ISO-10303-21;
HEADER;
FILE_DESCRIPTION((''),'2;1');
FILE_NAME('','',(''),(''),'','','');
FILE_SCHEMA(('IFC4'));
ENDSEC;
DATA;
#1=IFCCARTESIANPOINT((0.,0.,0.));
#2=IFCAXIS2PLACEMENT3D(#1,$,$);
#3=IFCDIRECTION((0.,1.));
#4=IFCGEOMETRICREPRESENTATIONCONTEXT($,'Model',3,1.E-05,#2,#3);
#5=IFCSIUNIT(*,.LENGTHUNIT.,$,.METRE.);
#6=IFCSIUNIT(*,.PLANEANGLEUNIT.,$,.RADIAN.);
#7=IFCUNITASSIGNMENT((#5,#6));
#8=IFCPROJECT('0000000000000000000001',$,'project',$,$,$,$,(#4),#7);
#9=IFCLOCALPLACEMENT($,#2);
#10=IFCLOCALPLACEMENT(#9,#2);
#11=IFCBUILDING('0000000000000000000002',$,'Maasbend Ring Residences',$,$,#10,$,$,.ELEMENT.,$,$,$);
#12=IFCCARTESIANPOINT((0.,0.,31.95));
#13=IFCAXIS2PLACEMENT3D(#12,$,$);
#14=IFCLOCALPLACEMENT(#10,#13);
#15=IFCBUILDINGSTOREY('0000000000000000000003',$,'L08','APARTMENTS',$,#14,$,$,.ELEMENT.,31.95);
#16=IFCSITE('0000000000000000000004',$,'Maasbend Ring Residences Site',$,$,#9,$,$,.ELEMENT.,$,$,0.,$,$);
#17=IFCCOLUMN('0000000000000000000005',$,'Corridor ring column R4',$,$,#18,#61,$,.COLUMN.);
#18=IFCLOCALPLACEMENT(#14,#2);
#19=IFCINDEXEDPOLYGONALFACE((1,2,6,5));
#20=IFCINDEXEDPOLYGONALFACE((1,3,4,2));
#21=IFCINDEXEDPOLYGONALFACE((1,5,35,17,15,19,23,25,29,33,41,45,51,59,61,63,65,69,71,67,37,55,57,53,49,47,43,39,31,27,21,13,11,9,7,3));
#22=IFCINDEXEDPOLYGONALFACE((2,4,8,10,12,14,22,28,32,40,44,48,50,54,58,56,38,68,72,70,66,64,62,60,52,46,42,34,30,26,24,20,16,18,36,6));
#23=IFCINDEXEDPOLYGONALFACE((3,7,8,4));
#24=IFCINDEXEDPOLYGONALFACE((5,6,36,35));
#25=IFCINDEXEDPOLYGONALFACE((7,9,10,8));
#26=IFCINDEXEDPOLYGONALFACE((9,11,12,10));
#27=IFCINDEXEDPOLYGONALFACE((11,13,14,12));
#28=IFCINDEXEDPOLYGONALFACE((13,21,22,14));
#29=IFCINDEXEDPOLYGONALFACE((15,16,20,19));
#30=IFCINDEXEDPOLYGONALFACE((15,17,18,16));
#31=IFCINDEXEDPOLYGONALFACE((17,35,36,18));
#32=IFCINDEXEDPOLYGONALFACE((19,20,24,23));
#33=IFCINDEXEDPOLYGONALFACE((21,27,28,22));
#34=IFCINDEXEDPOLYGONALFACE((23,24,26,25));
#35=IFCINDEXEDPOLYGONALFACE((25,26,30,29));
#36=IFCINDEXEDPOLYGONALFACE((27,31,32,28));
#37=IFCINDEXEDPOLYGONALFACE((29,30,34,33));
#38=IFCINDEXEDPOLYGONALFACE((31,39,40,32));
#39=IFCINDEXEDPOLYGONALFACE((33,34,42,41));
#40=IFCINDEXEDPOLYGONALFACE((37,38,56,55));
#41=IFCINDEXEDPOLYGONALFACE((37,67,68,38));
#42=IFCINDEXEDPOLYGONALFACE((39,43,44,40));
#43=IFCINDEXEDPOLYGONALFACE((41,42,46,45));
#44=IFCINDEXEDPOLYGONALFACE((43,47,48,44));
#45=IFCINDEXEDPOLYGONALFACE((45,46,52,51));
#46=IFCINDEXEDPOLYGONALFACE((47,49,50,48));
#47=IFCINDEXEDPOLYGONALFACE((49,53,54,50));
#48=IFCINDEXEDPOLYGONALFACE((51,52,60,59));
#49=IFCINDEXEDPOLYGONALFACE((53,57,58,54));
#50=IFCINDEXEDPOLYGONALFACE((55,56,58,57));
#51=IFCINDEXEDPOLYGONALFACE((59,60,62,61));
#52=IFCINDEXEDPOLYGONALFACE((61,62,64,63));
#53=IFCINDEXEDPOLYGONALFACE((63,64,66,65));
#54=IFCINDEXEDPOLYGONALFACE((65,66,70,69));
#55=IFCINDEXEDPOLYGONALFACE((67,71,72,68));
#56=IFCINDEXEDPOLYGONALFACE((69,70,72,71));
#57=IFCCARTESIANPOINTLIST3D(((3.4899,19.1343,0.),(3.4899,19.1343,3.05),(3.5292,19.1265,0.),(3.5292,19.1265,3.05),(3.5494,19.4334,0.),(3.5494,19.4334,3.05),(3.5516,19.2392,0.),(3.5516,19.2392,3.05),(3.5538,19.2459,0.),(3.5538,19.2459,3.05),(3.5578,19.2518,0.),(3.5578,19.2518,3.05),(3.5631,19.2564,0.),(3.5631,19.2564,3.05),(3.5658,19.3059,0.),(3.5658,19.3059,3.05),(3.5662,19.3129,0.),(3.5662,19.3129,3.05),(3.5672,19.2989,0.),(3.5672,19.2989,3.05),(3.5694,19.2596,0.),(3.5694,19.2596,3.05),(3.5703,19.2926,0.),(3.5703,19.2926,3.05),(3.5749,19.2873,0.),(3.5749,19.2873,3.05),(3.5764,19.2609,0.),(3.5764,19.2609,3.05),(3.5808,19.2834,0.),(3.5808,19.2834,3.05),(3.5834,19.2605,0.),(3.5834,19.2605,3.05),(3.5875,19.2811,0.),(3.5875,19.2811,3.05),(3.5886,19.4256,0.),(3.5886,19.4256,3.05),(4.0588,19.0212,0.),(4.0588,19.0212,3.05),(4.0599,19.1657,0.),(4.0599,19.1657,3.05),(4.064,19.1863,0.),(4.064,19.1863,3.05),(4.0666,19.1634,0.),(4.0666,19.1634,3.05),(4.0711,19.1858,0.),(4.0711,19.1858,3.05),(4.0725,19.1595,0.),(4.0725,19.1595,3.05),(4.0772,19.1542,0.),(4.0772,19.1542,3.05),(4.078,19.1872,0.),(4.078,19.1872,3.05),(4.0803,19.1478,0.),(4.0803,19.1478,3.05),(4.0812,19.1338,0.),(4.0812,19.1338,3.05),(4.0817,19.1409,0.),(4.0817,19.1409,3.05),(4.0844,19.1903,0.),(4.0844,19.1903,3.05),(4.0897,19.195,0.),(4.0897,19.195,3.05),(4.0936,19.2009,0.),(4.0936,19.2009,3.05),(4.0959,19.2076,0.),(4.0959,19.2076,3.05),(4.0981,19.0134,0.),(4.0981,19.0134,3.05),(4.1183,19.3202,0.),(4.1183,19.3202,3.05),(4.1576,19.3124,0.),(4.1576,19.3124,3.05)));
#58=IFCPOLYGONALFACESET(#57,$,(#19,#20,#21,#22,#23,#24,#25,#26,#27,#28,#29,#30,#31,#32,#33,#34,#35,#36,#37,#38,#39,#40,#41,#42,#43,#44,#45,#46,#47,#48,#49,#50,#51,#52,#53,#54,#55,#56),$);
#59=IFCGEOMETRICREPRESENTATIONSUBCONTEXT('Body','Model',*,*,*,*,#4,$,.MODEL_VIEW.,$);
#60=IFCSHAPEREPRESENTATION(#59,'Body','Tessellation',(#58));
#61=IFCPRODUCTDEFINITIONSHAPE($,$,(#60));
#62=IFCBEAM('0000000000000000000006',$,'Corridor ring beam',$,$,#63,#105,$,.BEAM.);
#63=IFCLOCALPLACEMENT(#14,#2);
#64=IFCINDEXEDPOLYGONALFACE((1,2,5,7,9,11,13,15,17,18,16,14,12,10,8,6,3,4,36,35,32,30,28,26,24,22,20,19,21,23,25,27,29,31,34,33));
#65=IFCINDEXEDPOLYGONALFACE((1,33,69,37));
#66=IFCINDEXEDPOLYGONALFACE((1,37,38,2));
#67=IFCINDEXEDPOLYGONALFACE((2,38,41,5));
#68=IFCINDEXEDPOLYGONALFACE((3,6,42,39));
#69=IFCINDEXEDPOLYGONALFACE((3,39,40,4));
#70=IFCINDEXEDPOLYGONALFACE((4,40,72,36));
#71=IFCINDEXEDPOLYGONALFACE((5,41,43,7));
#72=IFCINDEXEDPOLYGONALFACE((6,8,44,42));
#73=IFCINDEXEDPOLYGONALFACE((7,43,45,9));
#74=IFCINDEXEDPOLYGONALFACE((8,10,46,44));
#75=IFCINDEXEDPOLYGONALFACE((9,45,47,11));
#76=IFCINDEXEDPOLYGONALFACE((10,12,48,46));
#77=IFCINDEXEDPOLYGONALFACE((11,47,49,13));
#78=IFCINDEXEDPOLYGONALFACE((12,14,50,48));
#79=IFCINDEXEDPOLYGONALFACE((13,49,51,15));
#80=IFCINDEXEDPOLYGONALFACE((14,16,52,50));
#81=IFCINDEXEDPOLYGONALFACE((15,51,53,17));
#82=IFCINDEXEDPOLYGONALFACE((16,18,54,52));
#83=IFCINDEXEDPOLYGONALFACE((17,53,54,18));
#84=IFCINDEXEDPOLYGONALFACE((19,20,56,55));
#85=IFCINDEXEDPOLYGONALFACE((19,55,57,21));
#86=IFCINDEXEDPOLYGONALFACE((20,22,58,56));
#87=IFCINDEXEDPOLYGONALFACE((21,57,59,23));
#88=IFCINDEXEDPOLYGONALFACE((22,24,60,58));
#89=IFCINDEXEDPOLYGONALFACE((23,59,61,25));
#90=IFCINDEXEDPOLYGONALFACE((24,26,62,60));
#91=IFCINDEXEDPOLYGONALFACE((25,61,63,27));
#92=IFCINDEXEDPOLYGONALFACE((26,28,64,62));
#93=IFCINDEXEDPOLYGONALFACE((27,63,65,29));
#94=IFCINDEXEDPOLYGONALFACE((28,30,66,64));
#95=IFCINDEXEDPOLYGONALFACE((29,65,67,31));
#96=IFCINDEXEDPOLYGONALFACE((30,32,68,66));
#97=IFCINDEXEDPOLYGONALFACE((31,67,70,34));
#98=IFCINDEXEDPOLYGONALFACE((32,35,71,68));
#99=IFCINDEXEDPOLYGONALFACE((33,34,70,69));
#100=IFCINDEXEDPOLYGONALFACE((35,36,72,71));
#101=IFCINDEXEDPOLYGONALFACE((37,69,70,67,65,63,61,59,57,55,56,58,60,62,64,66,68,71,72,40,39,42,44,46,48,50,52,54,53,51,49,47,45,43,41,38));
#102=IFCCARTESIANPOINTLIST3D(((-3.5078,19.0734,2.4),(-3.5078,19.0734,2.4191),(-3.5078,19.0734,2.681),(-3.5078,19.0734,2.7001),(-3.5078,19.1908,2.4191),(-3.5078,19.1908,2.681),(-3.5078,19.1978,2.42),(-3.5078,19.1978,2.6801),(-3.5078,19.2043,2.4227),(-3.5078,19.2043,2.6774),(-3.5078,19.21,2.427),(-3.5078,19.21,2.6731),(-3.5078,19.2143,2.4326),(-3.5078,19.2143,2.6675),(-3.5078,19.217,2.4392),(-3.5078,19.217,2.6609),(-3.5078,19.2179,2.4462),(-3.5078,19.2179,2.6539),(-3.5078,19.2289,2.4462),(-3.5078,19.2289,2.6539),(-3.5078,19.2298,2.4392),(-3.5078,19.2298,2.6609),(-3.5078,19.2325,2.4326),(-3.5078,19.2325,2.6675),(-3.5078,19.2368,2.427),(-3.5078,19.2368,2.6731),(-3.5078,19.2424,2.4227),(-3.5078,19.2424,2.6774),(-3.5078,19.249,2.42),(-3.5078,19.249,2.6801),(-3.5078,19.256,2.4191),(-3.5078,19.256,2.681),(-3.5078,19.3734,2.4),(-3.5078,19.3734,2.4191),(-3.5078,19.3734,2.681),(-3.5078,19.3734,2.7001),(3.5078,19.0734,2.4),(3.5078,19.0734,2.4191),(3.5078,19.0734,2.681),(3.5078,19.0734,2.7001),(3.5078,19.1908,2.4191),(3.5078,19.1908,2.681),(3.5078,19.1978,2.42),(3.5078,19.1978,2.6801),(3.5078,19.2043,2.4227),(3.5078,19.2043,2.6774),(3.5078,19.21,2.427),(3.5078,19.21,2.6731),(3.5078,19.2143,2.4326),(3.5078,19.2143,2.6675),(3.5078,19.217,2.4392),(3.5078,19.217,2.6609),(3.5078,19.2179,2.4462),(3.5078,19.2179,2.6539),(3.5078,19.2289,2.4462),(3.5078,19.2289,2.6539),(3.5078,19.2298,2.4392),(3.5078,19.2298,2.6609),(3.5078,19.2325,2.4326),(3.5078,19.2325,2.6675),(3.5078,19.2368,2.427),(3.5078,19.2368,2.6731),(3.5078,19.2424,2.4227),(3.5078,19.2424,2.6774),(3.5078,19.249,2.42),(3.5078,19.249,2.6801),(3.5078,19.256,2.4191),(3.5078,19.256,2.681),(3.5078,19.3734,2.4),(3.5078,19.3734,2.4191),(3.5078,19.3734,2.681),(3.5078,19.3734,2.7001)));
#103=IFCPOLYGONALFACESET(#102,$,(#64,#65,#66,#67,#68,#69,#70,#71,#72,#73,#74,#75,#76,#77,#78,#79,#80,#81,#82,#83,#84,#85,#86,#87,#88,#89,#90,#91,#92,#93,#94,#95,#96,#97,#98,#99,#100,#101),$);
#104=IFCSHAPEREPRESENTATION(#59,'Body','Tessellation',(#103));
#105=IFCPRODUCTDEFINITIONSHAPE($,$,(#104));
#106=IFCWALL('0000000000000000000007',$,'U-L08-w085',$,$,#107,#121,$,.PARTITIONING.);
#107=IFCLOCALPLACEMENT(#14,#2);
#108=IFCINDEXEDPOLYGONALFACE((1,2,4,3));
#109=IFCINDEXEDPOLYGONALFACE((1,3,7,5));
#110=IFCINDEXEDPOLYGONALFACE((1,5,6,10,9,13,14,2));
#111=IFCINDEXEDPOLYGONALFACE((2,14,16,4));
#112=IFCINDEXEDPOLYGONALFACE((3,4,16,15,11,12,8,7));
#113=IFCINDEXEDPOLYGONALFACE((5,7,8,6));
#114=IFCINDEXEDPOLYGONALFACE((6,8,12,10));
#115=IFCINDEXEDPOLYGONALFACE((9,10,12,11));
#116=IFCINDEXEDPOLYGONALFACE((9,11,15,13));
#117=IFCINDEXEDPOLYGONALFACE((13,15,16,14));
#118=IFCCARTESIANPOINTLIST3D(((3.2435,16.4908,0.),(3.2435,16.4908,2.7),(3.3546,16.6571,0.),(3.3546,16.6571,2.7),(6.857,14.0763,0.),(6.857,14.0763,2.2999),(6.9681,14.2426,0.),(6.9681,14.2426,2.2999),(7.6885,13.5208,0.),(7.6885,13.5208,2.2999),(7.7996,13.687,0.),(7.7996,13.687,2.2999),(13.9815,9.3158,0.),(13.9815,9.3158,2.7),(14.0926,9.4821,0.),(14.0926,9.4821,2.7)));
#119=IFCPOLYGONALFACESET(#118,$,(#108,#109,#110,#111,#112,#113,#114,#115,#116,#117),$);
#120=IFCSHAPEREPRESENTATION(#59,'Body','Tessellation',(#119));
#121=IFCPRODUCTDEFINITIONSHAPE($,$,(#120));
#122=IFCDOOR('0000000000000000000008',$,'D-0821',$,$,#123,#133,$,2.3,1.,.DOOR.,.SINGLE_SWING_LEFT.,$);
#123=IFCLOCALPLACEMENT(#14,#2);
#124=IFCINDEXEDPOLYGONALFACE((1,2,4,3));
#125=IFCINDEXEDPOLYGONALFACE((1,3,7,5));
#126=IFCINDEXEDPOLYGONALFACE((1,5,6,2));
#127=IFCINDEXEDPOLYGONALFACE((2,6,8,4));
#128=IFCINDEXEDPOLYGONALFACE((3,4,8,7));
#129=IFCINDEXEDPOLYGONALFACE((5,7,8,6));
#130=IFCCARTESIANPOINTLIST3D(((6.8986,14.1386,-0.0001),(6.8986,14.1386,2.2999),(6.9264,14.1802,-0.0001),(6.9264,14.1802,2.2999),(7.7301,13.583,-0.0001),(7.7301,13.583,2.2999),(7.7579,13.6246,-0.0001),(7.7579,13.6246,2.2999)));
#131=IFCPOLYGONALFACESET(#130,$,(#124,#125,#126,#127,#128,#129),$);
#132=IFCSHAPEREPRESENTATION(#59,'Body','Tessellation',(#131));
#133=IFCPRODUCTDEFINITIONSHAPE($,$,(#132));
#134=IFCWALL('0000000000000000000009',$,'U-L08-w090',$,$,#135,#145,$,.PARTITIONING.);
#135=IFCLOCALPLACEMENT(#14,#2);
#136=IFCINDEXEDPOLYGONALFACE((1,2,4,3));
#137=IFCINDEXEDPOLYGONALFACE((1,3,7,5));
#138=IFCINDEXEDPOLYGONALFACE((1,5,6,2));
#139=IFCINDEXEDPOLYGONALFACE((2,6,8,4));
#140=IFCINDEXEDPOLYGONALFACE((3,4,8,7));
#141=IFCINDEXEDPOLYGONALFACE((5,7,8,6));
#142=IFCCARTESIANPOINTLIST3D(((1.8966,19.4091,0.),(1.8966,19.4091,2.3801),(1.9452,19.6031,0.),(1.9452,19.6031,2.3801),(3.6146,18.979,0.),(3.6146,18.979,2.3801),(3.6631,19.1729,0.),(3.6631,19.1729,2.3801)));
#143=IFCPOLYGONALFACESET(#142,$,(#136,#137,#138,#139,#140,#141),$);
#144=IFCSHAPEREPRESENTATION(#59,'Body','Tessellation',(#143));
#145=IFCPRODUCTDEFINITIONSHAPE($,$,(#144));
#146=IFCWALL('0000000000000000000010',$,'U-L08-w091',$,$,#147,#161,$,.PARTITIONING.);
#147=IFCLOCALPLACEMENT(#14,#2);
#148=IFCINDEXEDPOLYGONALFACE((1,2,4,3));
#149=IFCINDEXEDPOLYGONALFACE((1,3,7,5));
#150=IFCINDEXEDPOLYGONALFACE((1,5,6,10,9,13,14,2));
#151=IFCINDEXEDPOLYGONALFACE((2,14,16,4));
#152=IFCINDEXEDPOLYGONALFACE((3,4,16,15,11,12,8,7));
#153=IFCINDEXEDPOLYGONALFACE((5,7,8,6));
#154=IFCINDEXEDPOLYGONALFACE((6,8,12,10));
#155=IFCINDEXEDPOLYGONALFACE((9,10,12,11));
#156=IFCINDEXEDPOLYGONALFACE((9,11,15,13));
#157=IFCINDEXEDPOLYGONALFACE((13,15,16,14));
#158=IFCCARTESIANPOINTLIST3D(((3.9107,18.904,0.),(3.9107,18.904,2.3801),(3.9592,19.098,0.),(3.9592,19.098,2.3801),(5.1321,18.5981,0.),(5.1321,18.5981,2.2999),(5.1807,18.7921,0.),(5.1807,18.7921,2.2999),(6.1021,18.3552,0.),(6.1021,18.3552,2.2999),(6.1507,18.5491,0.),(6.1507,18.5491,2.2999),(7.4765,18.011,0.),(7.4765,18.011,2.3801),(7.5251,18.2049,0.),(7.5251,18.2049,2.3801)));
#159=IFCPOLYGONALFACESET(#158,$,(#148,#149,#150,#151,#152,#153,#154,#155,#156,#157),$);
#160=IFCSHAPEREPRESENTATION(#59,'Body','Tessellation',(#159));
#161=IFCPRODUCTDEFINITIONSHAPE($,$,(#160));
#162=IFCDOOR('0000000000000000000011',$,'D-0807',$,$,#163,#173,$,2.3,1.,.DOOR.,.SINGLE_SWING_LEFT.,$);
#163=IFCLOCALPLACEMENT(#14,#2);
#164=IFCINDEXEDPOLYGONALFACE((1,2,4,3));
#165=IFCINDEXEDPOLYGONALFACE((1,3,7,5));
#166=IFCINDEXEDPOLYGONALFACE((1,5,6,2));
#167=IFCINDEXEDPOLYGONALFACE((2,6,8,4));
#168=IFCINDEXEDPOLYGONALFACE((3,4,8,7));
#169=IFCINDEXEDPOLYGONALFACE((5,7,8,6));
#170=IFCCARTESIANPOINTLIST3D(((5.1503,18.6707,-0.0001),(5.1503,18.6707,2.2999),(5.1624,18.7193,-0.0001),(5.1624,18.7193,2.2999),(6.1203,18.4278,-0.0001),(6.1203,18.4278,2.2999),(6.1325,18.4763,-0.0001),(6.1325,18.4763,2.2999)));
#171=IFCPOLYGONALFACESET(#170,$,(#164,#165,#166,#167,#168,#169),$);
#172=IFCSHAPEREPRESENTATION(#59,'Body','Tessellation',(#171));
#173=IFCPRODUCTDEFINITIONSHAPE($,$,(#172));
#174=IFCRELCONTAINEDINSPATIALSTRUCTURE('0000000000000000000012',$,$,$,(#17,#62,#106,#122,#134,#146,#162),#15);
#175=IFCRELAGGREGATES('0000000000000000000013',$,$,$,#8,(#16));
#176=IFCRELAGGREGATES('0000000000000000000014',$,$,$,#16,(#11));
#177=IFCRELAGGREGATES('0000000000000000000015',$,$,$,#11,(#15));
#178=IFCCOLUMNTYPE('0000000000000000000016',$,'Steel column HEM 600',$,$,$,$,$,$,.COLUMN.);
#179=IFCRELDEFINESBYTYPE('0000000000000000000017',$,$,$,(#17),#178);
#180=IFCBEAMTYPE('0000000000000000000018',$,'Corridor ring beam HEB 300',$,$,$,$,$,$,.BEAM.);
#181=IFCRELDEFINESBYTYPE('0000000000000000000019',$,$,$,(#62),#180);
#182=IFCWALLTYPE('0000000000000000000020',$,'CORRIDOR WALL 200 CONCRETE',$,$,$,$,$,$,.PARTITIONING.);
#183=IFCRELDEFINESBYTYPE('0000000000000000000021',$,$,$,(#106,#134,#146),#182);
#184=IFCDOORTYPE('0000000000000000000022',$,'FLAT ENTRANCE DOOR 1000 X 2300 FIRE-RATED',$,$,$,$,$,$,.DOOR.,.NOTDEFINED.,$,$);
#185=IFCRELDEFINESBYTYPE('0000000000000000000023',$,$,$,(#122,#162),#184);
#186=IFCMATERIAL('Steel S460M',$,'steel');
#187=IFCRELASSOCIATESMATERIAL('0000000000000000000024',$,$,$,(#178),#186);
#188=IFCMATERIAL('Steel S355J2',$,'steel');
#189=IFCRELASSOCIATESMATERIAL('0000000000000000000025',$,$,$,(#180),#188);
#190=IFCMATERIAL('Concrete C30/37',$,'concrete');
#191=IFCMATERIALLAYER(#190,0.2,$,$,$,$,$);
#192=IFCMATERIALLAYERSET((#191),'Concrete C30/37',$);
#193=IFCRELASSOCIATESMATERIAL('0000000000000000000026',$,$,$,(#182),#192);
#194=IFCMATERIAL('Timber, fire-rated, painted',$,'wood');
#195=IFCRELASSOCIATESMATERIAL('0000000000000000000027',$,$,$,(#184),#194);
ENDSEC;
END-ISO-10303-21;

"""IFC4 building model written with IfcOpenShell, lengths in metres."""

from ifc_helpers import new_model, si_unit, direction, frame, frame_2d, origin, origin_2d, place, context, subcontext, project, spatial, rectangle, i_section, extrude, material, layer, layer_set, material_profile, profile_set, type_object, element, fill, save


model = new_model("IFC4")

# Units and contexts
model_context = context("Model", 3, precision=1e-05, world=origin(), true_north=direction((0.0, 1.0)))
body_context = subcontext(model_context, "Body", "Model", "MODEL_VIEW")
ifc_project = project(units=[si_unit("LENGTHUNIT", "METRE"), si_unit("PLANEANGLEUNIT", "RADIAN")], contexts=[model_context])

# Site, building, storey
site_placement = place(None, origin())
site = spatial("IfcSite", under=ifc_project, at=site_placement, Name="Maasbend Ring Residences Site", CompositionType="ELEMENT", RefElevation=0.0)
building_placement = place(site_placement, origin())
building = spatial("IfcBuilding", under=site, at=building_placement, Name="Maasbend Ring Residences", CompositionType="ELEMENT")
storey_placement = place(building_placement, frame((0.0, 0.0, 31.95)))
storey = spatial("IfcBuildingStorey", under=building, at=storey_placement, Name="L08", Description="APARTMENTS", CompositionType="ELEMENT", Elevation=31.95)

# Column
ifc_material_1 = material(Name="Steel S460M", Category="steel")
ifc_material_profile_1 = material_profile(ifc_material_1, i_section(OverallWidth=0.3049, OverallDepth=0.6201, WebThickness=0.021, FlangeThickness=0.04, FilletRadius=0.0271, at=origin_2d()), Name="HEM 600")
ifc_profile_set_1 = profile_set([ifc_material_profile_1], Name="Steel S460M")
column_type = type_object("IfcColumnType", Name="Steel column HEM 600", PredefinedType="COLUMN", material=ifc_profile_set_1)
column_placement = place(storey_placement, frame((3.8237, 19.2234, 0.0), z_axis=(0.0, 0.0, 1.0), x_axis=(0.19509, 0.980785, 0.0)))
element("IfcColumn", 1, at=column_placement, inside=storey, type_object=column_type, Name="Corridor ring column R4", PredefinedType="COLUMN", context=body_context, shape_type="SweptSolid", body=[
    extrude(i_section(OverallWidth=0.3049, OverallDepth=0.6201, WebThickness=0.021, FlangeThickness=0.04, FilletRadius=0.0271, at=origin_2d()), origin(), (0.0, 0.0, 1.0), 3.05),
])

# Beam
ifc_material_2 = material(Name="Steel S355J2", Category="steel")
ifc_material_profile_2 = material_profile(ifc_material_2, i_section(OverallWidth=0.3, OverallDepth=0.3, WebThickness=0.011, FlangeThickness=0.019, FilletRadius=0.0271, at=origin_2d()), Name="HEB 300")
ifc_profile_set_2 = profile_set([ifc_material_profile_2], Name="Steel S355J2")
beam_type = type_object("IfcBeamType", Name="Corridor ring beam HEB 300", PredefinedType="BEAM", material=ifc_profile_set_2)
beam_placement = place(storey_placement, frame((3.5078, 19.2234, 2.55), z_axis=(-1.0, 0.0, 0.0), x_axis=(0.0, -1.0, 0.0)))
element("IfcBeam", 2, at=beam_placement, inside=storey, type_object=beam_type, Name="Corridor ring beam", PredefinedType="BEAM", context=body_context, shape_type="SweptSolid", body=[
    extrude(i_section(OverallWidth=0.3, OverallDepth=0.3, WebThickness=0.011, FlangeThickness=0.019, FilletRadius=0.0271, at=origin_2d()), origin(), (0.0, 0.0, 1.0), 7.0156),
])

# Wall, opening, door
ifc_material_3 = material(Name="Concrete C30/37", Category="concrete")
ifc_layer_1 = layer(ifc_material_3, 0.2)
ifc_layer_set_1 = layer_set([ifc_layer_1], Name="Concrete C30/37")
wall_type_1 = type_object("IfcWallType", Name="CORRIDOR WALL 200 CONCRETE", PredefinedType="PARTITIONING", material=ifc_layer_set_1)
wall_1_placement = place(storey_placement, frame((3.2991, 16.574, 0.0), z_axis=(0.0, 0.0, 1.0), x_axis=(0.831465, -0.555577, 0.0)))
wall_1 = element("IfcWall", 3, at=wall_1_placement, inside=storey, type_object=wall_type_1, Name="U-L08-w085", PredefinedType="PARTITIONING", context=body_context, shape_type="SweptSolid", body=[
    extrude(rectangle(XDim=12.9146, YDim=0.2, at=frame_2d((6.4573, 0.0))), origin(), (0.0, 0.0, 1.0), 2.7),
])
opening_1_placement = place(wall_1_placement, frame((4.3459, 0.0, 0.0)))
opening_1 = element("IfcOpeningElement", 4, at=opening_1_placement, cuts=wall_1, PredefinedType="OPENING", context=body_context, shape_type="SweptSolid", body=[
    extrude(rectangle(XDim=1.0, YDim=2.3, at=frame_2d((0.5, 1.1499))), frame((0.0, 0.1099, 0.0), z_axis=(0.0, -1.0, 0.0), x_axis=(1.0, 0.0, 0.0)), (0.0, 0.0, 1.0), 0.22),
])
ifc_material_4 = material(Name="Timber, fire-rated, painted", Category="wood")
door_type_1 = type_object("IfcDoorType", Name="FLAT ENTRANCE DOOR 1000 X 2300 FIRE-RATED", OperationType="NOTDEFINED", PredefinedType="DOOR", material=ifc_material_4)
door_1_placement = place(opening_1_placement, origin())
door_1 = element("IfcDoor", 5, at=door_1_placement, inside=storey, type_object=door_type_1, Name="D-0821", OperationType="SINGLE_SWING_LEFT", OverallHeight=2.3, OverallWidth=1.0, PredefinedType="DOOR", context=body_context, shape_type="SweptSolid", body=[
    extrude(rectangle(XDim=1.0, YDim=2.3, at=frame_2d((0.5, 1.1499))), frame((0.0, 0.0249, 0.0), z_axis=(0.0, -1.0, 0.0), x_axis=(1.0, 0.0, 0.0)), (0.0, 0.0, 1.0), 0.05),
])
fill(opening_1, door_1)

# Wall
wall_2_placement = place(storey_placement, frame((1.9209, 19.5061, 0.0), z_axis=(0.0, 0.0, 1.0), x_axis=(0.970053, -0.242892, 0.0)))
element("IfcWall", 6, at=wall_2_placement, inside=storey, type_object=wall_type_1, Name="U-L08-w090", PredefinedType="PARTITIONING", context=body_context, shape_type="SweptSolid", body=[
    extrude(rectangle(XDim=1.771, YDim=0.2, at=frame_2d((0.8855, 0.0))), origin(), (0.0, 0.0, 1.0), 2.3801),
])

# Wall, opening, door
wall_3_placement = place(storey_placement, frame((3.9351, 19.001, 0.0), z_axis=(0.0, 0.0, 1.0), x_axis=(0.970041, -0.242942, 0.0)))
wall_3 = element("IfcWall", 7, at=wall_3_placement, inside=storey, type_object=wall_type_1, Name="U-L08-w091", PredefinedType="PARTITIONING", context=body_context, shape_type="SweptSolid", body=[
    extrude(rectangle(XDim=3.676, YDim=0.2, at=frame_2d((1.8379, 0.0))), origin(), (0.0, 0.0, 1.0), 2.3801),
])
opening_2_placement = place(wall_3_placement, frame((1.259, 0.0, 0.0)))
opening_2 = element("IfcOpeningElement", 8, at=opening_2_placement, cuts=wall_3, PredefinedType="OPENING", context=body_context, shape_type="SweptSolid", body=[
    extrude(rectangle(XDim=1.0, YDim=2.3, at=frame_2d((0.5, 1.1499))), frame((0.0, 0.1099, 0.0), z_axis=(0.0, -1.0, 0.0), x_axis=(1.0, 0.0, 0.0)), (0.0, 0.0, 1.0), 0.22),
])
door_2_placement = place(opening_2_placement, origin())
door_2 = element("IfcDoor", 9, at=door_2_placement, inside=storey, type_object=door_type_1, Name="D-0807", OperationType="SINGLE_SWING_LEFT", OverallHeight=2.3, OverallWidth=1.0, PredefinedType="DOOR", context=body_context, shape_type="SweptSolid", body=[
    extrude(rectangle(XDim=1.0, YDim=2.3, at=frame_2d((0.5, 1.1499))), frame((0.0, 0.0249, 0.0), z_axis=(0.0, -1.0, 0.0), x_axis=(1.0, 0.0, 0.0)), (0.0, 0.0, 1.0), 0.05),
])
fill(opening_2, door_2)

save(model, "model.ifc")
